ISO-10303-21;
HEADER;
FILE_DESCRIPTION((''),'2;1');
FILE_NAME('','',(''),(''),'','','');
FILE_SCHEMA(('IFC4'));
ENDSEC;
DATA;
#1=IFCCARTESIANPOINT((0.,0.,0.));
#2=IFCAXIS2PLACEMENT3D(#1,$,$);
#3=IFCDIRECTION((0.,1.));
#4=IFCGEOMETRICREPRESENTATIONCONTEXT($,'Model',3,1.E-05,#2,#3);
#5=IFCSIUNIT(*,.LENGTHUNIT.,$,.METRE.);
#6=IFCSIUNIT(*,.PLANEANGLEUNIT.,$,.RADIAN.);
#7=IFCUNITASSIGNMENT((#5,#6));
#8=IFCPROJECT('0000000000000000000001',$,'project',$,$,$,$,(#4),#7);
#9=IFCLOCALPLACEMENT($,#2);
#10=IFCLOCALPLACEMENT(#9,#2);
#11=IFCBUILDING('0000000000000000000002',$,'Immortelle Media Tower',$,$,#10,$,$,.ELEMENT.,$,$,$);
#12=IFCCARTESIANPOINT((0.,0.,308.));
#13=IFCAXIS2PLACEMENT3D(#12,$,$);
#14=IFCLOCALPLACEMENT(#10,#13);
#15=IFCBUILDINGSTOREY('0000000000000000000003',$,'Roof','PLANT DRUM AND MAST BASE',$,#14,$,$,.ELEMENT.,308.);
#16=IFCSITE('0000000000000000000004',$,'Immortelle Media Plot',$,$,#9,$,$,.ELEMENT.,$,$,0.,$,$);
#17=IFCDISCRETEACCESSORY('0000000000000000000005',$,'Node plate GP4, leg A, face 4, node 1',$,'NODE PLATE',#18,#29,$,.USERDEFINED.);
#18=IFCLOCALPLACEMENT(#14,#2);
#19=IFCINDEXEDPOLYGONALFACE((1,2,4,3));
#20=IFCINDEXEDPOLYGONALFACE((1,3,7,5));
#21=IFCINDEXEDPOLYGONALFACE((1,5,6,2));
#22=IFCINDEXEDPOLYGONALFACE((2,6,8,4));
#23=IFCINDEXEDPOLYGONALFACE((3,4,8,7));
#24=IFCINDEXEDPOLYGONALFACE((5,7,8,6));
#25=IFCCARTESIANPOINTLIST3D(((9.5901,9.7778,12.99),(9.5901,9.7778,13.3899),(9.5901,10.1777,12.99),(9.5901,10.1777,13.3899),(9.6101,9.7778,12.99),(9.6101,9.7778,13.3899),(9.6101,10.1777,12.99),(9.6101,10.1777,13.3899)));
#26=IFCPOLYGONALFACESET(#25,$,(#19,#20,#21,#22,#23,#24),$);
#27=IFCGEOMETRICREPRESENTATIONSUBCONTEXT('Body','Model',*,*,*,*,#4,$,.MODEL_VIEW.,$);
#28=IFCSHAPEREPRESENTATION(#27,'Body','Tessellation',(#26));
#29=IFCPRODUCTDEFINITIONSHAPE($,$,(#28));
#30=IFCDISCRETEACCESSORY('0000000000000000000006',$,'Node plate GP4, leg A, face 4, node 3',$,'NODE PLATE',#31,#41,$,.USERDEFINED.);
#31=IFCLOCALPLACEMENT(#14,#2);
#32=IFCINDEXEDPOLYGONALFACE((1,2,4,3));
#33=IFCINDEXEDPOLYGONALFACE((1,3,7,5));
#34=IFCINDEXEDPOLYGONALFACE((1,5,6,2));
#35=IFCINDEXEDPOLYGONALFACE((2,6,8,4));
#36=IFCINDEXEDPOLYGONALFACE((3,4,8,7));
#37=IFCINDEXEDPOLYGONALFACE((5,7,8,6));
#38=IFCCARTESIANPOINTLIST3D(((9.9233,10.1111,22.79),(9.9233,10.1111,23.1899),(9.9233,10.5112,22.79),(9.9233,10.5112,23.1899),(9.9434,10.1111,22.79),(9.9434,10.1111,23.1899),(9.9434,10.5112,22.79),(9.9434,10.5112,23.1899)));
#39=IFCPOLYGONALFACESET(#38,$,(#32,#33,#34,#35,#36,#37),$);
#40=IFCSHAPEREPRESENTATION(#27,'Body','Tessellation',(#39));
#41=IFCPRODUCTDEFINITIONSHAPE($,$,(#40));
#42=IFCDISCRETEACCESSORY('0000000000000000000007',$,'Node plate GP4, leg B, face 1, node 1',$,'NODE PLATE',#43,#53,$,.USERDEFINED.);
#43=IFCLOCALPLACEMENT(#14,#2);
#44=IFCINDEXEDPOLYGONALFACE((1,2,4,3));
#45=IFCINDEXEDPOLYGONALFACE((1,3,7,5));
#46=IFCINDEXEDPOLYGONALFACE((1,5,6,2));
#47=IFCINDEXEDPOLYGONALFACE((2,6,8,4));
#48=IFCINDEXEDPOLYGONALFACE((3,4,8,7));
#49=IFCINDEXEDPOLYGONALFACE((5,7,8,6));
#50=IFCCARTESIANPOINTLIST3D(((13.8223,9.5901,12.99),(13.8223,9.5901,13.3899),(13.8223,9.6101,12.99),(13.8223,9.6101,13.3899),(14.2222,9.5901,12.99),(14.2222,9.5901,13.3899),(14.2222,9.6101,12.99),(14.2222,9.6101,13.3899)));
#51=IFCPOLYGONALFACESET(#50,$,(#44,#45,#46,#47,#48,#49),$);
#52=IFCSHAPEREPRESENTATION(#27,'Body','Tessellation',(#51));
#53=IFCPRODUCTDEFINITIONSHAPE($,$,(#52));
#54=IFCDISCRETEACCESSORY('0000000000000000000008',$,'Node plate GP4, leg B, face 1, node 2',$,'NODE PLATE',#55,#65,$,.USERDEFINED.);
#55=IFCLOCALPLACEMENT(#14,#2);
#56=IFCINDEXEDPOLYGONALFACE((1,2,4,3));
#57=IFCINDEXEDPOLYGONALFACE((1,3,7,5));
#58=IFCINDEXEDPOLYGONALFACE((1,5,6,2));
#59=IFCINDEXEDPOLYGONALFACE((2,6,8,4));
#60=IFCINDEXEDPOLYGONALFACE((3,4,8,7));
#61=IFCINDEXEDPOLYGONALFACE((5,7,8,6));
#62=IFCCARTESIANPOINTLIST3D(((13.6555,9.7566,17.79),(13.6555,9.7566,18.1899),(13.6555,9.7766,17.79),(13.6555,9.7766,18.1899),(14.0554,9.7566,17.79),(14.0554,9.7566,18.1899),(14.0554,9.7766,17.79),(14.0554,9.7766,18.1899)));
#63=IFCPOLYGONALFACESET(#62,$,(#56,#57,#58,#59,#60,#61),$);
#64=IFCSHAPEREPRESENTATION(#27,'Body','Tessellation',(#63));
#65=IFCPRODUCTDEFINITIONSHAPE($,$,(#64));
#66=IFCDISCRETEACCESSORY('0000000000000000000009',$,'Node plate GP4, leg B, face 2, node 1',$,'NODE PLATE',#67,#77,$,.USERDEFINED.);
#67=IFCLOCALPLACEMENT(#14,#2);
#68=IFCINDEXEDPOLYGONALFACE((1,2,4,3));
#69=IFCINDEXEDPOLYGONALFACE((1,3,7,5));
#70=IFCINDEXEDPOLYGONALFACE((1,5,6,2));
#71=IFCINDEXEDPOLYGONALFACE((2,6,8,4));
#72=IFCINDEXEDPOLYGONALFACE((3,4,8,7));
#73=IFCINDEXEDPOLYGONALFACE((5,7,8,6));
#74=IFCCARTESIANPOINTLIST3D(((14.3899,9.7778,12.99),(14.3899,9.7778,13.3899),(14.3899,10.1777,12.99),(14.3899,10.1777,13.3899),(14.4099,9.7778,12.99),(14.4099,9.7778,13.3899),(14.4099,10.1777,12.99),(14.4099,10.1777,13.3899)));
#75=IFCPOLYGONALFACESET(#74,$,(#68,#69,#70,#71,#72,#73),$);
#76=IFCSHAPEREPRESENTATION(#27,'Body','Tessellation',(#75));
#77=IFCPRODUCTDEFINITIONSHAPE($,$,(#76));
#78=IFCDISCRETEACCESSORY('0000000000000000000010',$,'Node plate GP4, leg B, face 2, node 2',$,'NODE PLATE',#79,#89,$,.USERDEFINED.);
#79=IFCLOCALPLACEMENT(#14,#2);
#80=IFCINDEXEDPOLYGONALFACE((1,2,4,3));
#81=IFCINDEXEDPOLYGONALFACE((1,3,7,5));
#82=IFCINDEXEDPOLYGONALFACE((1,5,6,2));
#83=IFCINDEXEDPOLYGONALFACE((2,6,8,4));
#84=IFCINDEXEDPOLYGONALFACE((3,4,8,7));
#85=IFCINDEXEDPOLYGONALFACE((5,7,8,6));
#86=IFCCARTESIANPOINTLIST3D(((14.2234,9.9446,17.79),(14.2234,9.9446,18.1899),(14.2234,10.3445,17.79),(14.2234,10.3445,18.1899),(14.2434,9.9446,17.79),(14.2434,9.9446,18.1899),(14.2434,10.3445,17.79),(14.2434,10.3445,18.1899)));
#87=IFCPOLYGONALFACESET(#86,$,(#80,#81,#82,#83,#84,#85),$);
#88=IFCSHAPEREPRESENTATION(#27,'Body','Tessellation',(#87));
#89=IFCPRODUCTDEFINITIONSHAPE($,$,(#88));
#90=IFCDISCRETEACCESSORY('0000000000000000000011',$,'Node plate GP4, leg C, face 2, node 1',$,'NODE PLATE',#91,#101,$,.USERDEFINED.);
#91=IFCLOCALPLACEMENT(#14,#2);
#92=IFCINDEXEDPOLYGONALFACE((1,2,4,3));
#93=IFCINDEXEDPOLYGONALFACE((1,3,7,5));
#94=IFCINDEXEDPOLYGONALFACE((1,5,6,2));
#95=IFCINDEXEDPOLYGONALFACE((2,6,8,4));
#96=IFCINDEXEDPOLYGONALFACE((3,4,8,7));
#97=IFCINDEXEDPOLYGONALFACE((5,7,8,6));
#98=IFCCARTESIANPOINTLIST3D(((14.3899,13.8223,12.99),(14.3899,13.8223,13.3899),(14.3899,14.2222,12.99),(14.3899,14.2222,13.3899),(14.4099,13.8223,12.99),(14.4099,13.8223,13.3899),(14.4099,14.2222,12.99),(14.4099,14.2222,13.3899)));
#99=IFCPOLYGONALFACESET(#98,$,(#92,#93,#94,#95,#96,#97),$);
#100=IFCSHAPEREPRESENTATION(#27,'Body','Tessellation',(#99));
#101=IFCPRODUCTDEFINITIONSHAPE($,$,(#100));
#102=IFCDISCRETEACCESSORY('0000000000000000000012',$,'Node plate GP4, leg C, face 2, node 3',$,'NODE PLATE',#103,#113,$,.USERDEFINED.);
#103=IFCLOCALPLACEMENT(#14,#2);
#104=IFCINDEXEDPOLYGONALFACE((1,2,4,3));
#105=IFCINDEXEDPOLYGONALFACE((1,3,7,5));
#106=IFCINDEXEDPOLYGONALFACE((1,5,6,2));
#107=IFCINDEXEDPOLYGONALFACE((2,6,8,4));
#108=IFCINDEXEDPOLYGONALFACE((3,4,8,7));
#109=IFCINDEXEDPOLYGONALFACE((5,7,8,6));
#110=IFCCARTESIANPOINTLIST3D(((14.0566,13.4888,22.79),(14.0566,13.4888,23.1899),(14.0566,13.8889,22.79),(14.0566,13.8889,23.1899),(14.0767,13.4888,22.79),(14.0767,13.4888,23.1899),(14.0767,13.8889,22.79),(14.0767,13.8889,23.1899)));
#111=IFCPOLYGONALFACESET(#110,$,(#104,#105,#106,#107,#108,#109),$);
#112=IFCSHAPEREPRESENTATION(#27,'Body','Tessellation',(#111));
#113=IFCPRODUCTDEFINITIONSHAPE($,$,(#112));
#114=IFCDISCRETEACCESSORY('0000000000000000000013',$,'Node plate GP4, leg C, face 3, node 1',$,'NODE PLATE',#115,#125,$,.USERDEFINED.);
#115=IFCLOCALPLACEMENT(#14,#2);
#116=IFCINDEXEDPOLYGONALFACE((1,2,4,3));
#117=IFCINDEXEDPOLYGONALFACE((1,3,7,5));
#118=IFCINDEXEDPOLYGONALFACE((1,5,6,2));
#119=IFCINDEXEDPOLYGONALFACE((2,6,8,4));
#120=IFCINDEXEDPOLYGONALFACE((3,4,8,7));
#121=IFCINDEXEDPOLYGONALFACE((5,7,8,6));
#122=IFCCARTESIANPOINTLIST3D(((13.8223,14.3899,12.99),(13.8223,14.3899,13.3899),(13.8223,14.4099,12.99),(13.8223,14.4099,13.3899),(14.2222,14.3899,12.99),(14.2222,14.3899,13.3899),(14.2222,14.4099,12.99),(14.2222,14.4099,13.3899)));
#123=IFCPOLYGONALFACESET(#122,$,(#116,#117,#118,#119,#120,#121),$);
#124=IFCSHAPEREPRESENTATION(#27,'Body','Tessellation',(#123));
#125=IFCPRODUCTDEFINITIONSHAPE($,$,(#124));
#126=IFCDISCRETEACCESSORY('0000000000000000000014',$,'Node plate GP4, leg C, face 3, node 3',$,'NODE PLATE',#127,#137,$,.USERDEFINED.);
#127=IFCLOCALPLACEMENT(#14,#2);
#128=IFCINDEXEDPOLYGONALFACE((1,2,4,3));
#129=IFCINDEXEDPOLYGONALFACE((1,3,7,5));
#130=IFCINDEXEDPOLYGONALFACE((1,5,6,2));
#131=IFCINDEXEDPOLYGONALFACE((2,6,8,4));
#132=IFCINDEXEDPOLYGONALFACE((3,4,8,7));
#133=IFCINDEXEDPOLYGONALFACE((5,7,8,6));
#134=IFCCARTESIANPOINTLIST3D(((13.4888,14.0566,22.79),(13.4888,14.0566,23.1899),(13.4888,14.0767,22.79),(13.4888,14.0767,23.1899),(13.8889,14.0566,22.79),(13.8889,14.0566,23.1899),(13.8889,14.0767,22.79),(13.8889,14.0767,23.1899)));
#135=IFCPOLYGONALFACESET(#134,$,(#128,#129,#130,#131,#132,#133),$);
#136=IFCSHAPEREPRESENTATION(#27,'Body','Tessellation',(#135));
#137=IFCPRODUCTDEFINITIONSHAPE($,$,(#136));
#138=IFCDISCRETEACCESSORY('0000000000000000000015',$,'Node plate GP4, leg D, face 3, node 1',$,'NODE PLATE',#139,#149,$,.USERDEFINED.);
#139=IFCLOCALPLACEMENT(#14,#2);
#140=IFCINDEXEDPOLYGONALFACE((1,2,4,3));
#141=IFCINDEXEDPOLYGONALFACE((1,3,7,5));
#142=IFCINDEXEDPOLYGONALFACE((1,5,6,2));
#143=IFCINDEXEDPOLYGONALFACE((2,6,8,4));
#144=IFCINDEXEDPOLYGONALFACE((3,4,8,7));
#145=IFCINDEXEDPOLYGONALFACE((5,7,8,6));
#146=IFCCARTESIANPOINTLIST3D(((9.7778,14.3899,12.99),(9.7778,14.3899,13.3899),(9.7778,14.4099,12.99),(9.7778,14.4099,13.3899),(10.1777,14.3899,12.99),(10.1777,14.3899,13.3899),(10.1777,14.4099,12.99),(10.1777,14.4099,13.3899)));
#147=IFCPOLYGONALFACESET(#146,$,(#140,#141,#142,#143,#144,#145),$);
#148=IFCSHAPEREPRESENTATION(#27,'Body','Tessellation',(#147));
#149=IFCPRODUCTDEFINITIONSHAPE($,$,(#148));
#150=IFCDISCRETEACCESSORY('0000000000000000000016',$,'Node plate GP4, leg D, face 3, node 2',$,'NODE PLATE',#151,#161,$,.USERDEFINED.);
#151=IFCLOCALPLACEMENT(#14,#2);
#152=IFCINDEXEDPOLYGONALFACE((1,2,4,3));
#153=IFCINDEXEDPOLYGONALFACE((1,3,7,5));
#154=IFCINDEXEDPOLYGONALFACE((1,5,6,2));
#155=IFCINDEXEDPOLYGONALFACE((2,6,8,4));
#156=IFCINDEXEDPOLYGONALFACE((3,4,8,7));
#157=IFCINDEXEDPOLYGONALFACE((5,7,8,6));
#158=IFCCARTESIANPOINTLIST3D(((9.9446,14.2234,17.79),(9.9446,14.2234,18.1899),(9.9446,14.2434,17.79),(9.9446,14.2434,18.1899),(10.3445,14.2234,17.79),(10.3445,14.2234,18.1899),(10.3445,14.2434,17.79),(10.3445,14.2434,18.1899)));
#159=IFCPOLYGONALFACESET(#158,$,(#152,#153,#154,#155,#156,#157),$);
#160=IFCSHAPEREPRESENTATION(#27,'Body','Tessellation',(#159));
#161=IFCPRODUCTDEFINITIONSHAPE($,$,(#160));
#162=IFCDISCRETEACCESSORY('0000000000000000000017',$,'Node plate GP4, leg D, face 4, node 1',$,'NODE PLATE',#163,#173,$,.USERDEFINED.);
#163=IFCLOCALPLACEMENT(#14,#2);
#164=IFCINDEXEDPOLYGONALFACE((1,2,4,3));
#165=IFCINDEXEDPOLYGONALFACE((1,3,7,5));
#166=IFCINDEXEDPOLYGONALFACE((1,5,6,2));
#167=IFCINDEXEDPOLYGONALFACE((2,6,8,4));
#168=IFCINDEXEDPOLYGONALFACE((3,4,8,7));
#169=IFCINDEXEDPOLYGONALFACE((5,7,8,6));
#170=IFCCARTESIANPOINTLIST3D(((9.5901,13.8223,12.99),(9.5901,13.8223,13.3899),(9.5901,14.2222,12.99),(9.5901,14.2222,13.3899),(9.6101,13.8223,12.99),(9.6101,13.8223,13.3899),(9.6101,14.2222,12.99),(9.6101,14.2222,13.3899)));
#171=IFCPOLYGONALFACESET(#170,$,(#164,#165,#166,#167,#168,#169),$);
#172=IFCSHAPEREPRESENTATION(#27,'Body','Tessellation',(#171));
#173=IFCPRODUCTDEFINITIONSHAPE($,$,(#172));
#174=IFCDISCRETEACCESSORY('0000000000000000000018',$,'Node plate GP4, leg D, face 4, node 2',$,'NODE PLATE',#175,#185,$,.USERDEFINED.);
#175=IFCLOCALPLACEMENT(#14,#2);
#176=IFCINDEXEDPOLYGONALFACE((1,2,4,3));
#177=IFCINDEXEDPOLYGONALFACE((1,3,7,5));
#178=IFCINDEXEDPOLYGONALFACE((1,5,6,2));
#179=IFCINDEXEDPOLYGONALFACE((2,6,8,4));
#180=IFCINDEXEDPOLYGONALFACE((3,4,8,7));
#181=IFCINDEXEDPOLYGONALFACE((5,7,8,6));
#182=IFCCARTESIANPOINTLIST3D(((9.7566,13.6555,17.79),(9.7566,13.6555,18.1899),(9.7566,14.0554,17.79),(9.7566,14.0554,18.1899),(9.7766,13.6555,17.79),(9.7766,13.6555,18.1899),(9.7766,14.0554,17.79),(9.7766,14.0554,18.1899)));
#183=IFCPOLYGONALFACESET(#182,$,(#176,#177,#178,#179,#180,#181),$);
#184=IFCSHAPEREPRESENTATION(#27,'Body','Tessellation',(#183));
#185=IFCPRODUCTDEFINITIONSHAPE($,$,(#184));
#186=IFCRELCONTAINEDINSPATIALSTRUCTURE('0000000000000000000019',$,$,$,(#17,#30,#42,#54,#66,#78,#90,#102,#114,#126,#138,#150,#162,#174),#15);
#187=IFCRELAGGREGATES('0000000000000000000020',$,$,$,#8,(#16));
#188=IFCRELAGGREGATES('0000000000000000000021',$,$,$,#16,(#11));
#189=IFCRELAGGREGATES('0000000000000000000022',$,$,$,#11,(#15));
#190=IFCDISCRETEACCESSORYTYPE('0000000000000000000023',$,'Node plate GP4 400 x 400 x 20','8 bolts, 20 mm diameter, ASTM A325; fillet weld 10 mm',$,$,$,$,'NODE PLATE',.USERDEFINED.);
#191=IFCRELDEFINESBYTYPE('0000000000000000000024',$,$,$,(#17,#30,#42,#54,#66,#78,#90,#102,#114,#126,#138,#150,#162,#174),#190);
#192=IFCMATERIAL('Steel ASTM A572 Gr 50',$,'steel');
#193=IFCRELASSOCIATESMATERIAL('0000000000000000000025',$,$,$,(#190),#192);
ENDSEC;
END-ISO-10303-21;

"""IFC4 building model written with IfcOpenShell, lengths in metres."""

from ifc_helpers import new_model, si_unit, direction, frame, origin, origin_2d, place, context, subcontext, project, spatial, rectangle, extrude, material, material_profile, profile_set, type_object, element, save


model = new_model("IFC4")

# Units and contexts
model_context = context("Model", 3, precision=1e-05, world=origin(), true_north=direction((0.0, 1.0)))
body_context = subcontext(model_context, "Body", "Model", "MODEL_VIEW")
ifc_project = project(units=[si_unit("LENGTHUNIT", "METRE"), si_unit("PLANEANGLEUNIT", "RADIAN")], contexts=[model_context])

# Site, building, storey
site_placement = place(None, origin())
site = spatial("IfcSite", under=ifc_project, at=site_placement, Name="Immortelle Media Plot", CompositionType="ELEMENT", RefElevation=0.0)
building_placement = place(site_placement, origin())
building = spatial("IfcBuilding", under=site, at=building_placement, Name="Immortelle Media Tower", CompositionType="ELEMENT")
storey_placement = place(building_placement, frame((0.0, 0.0, 308.0)))
storey = spatial("IfcBuildingStorey", under=building, at=storey_placement, Name="Roof", Description="PLANT DRUM AND MAST BASE", CompositionType="ELEMENT", Elevation=308.0)

# Discrete accessories
ifc_material_1 = material(Name="Steel ASTM A572 Gr 50", Category="steel")
ifc_material_profile_1 = material_profile(ifc_material_1, rectangle(XDim=0.02, YDim=0.3999, at=origin_2d()), Name="PL 20 x 400")
ifc_profile_set_1 = profile_set([ifc_material_profile_1], Name="Steel ASTM A572 Gr 50")
discrete_accessory_type = type_object("IfcDiscreteAccessoryType", Name="Node plate GP4 400 x 400 x 20", Description="8 bolts, 20 mm diameter, ASTM A325; fillet weld 10 mm", ElementType="NODE PLATE", PredefinedType="USERDEFINED", material=ifc_profile_set_1)
discrete_accessory_1_placement = place(storey_placement, frame((9.6001, 9.7778, 13.1899), z_axis=(0.0, 1.0, 0.0), x_axis=(-1.0, 0.0, 0.0)))
element("IfcDiscreteAccessory", 1, at=discrete_accessory_1_placement, inside=storey, type_object=discrete_accessory_type, Name="Node plate GP4, leg A, face 4, node 1", ObjectType="NODE PLATE", PredefinedType="USERDEFINED", context=body_context, shape_type="SweptSolid", body=[
    extrude(rectangle(XDim=0.02, YDim=0.3999, at=origin_2d()), origin(), (0.0, 0.0, 1.0), 0.3999),
])
discrete_accessory_2_placement = place(storey_placement, frame((9.9333, 10.1111, 22.99), z_axis=(0.0, 1.0, 0.0), x_axis=(-1.0, 0.0, 0.0)))
element("IfcDiscreteAccessory", 2, at=discrete_accessory_2_placement, inside=storey, type_object=discrete_accessory_type, Name="Node plate GP4, leg A, face 4, node 3", ObjectType="NODE PLATE", PredefinedType="USERDEFINED", context=body_context, shape_type="SweptSolid", body=[
    extrude(rectangle(XDim=0.02, YDim=0.3999, at=origin_2d()), origin(), (0.0, 0.0, 1.0), 0.4001),
])
for number, where, z_axis, x_axis, name in (
    (3, (14.2222, 9.6001, 13.1899), (-1.0, 0.0, 0.0), (0.0, -1.0, 0.0), "Node plate GP4, leg B, face 1, node 1"),
    (4, (14.0554, 9.7666, 17.99), (-1.0, 0.0, 0.0), (0.0, -1.0, 0.0), "Node plate GP4, leg B, face 1, node 2"),
    (5, (14.3999, 9.7778, 13.1899), (0.0, 1.0, 0.0), (-1.0, 0.0, 0.0), "Node plate GP4, leg B, face 2, node 1"),
    (6, (14.2334, 9.9446, 17.99), (0.0, 1.0, 0.0), (-1.0, 0.0, 0.0), "Node plate GP4, leg B, face 2, node 2"),
    (7, (14.3999, 14.2222, 13.1899), (0.0, -1.0, 0.0), (1.0, 0.0, 0.0), "Node plate GP4, leg C, face 2, node 1"),
):
    element("IfcDiscreteAccessory", number, at=place(storey_placement, frame(where, z_axis=z_axis, x_axis=x_axis)), inside=storey, type_object=discrete_accessory_type, Name=name, ObjectType="NODE PLATE", PredefinedType="USERDEFINED", context=body_context, shape_type="SweptSolid", body=[
        extrude(rectangle(XDim=0.02, YDim=0.3999, at=origin_2d()), origin(), (0.0, 0.0, 1.0), 0.3999),
    ])
discrete_accessory_3_placement = place(storey_placement, frame((14.0667, 13.8889, 22.99), z_axis=(0.0, -1.0, 0.0), x_axis=(1.0, 0.0, 0.0)))
element("IfcDiscreteAccessory", 8, at=discrete_accessory_3_placement, inside=storey, type_object=discrete_accessory_type, Name="Node plate GP4, leg C, face 2, node 3", ObjectType="NODE PLATE", PredefinedType="USERDEFINED", context=body_context, shape_type="SweptSolid", body=[
    extrude(rectangle(XDim=0.02, YDim=0.3999, at=origin_2d()), origin(), (0.0, 0.0, 1.0), 0.4001),
])
discrete_accessory_4_placement = place(storey_placement, frame((14.2222, 14.3999, 13.1899), z_axis=(-1.0, 0.0, 0.0), x_axis=(0.0, -1.0, 0.0)))
element("IfcDiscreteAccessory", 9, at=discrete_accessory_4_placement, inside=storey, type_object=discrete_accessory_type, Name="Node plate GP4, leg C, face 3, node 1", ObjectType="NODE PLATE", PredefinedType="USERDEFINED", context=body_context, shape_type="SweptSolid", body=[
    extrude(rectangle(XDim=0.02, YDim=0.3999, at=origin_2d()), origin(), (0.0, 0.0, 1.0), 0.3999),
])
discrete_accessory_5_placement = place(storey_placement, frame((13.8889, 14.0667, 22.99), z_axis=(-1.0, 0.0, 0.0), x_axis=(0.0, -1.0, 0.0)))
element("IfcDiscreteAccessory", 10, at=discrete_accessory_5_placement, inside=storey, type_object=discrete_accessory_type, Name="Node plate GP4, leg C, face 3, node 3", ObjectType="NODE PLATE", PredefinedType="USERDEFINED", context=body_context, shape_type="SweptSolid", body=[
    extrude(rectangle(XDim=0.02, YDim=0.3999, at=origin_2d()), origin(), (0.0, 0.0, 1.0), 0.4001),
])
for number, where, z_axis, x_axis, name in (
    (11, (9.7778, 14.3999, 13.1899), (1.0, 0.0, 0.0), (0.0, 1.0, 0.0), "Node plate GP4, leg D, face 3, node 1"),
    (12, (9.9446, 14.2334, 17.99), (1.0, 0.0, 0.0), (0.0, 1.0, 0.0), "Node plate GP4, leg D, face 3, node 2"),
    (13, (9.6001, 14.2222, 13.1899), (0.0, -1.0, 0.0), (1.0, 0.0, 0.0), "Node plate GP4, leg D, face 4, node 1"),
    (14, (9.7666, 14.0554, 17.99), (0.0, -1.0, 0.0), (1.0, 0.0, 0.0), "Node plate GP4, leg D, face 4, node 2"),
):
    element("IfcDiscreteAccessory", number, at=place(storey_placement, frame(where, z_axis=z_axis, x_axis=x_axis)), inside=storey, type_object=discrete_accessory_type, Name=name, ObjectType="NODE PLATE", PredefinedType="USERDEFINED", context=body_context, shape_type="SweptSolid", body=[
        extrude(rectangle(XDim=0.02, YDim=0.3999, at=origin_2d()), origin(), (0.0, 0.0, 1.0), 0.3999),
    ])

save(model, "model.ifc")
